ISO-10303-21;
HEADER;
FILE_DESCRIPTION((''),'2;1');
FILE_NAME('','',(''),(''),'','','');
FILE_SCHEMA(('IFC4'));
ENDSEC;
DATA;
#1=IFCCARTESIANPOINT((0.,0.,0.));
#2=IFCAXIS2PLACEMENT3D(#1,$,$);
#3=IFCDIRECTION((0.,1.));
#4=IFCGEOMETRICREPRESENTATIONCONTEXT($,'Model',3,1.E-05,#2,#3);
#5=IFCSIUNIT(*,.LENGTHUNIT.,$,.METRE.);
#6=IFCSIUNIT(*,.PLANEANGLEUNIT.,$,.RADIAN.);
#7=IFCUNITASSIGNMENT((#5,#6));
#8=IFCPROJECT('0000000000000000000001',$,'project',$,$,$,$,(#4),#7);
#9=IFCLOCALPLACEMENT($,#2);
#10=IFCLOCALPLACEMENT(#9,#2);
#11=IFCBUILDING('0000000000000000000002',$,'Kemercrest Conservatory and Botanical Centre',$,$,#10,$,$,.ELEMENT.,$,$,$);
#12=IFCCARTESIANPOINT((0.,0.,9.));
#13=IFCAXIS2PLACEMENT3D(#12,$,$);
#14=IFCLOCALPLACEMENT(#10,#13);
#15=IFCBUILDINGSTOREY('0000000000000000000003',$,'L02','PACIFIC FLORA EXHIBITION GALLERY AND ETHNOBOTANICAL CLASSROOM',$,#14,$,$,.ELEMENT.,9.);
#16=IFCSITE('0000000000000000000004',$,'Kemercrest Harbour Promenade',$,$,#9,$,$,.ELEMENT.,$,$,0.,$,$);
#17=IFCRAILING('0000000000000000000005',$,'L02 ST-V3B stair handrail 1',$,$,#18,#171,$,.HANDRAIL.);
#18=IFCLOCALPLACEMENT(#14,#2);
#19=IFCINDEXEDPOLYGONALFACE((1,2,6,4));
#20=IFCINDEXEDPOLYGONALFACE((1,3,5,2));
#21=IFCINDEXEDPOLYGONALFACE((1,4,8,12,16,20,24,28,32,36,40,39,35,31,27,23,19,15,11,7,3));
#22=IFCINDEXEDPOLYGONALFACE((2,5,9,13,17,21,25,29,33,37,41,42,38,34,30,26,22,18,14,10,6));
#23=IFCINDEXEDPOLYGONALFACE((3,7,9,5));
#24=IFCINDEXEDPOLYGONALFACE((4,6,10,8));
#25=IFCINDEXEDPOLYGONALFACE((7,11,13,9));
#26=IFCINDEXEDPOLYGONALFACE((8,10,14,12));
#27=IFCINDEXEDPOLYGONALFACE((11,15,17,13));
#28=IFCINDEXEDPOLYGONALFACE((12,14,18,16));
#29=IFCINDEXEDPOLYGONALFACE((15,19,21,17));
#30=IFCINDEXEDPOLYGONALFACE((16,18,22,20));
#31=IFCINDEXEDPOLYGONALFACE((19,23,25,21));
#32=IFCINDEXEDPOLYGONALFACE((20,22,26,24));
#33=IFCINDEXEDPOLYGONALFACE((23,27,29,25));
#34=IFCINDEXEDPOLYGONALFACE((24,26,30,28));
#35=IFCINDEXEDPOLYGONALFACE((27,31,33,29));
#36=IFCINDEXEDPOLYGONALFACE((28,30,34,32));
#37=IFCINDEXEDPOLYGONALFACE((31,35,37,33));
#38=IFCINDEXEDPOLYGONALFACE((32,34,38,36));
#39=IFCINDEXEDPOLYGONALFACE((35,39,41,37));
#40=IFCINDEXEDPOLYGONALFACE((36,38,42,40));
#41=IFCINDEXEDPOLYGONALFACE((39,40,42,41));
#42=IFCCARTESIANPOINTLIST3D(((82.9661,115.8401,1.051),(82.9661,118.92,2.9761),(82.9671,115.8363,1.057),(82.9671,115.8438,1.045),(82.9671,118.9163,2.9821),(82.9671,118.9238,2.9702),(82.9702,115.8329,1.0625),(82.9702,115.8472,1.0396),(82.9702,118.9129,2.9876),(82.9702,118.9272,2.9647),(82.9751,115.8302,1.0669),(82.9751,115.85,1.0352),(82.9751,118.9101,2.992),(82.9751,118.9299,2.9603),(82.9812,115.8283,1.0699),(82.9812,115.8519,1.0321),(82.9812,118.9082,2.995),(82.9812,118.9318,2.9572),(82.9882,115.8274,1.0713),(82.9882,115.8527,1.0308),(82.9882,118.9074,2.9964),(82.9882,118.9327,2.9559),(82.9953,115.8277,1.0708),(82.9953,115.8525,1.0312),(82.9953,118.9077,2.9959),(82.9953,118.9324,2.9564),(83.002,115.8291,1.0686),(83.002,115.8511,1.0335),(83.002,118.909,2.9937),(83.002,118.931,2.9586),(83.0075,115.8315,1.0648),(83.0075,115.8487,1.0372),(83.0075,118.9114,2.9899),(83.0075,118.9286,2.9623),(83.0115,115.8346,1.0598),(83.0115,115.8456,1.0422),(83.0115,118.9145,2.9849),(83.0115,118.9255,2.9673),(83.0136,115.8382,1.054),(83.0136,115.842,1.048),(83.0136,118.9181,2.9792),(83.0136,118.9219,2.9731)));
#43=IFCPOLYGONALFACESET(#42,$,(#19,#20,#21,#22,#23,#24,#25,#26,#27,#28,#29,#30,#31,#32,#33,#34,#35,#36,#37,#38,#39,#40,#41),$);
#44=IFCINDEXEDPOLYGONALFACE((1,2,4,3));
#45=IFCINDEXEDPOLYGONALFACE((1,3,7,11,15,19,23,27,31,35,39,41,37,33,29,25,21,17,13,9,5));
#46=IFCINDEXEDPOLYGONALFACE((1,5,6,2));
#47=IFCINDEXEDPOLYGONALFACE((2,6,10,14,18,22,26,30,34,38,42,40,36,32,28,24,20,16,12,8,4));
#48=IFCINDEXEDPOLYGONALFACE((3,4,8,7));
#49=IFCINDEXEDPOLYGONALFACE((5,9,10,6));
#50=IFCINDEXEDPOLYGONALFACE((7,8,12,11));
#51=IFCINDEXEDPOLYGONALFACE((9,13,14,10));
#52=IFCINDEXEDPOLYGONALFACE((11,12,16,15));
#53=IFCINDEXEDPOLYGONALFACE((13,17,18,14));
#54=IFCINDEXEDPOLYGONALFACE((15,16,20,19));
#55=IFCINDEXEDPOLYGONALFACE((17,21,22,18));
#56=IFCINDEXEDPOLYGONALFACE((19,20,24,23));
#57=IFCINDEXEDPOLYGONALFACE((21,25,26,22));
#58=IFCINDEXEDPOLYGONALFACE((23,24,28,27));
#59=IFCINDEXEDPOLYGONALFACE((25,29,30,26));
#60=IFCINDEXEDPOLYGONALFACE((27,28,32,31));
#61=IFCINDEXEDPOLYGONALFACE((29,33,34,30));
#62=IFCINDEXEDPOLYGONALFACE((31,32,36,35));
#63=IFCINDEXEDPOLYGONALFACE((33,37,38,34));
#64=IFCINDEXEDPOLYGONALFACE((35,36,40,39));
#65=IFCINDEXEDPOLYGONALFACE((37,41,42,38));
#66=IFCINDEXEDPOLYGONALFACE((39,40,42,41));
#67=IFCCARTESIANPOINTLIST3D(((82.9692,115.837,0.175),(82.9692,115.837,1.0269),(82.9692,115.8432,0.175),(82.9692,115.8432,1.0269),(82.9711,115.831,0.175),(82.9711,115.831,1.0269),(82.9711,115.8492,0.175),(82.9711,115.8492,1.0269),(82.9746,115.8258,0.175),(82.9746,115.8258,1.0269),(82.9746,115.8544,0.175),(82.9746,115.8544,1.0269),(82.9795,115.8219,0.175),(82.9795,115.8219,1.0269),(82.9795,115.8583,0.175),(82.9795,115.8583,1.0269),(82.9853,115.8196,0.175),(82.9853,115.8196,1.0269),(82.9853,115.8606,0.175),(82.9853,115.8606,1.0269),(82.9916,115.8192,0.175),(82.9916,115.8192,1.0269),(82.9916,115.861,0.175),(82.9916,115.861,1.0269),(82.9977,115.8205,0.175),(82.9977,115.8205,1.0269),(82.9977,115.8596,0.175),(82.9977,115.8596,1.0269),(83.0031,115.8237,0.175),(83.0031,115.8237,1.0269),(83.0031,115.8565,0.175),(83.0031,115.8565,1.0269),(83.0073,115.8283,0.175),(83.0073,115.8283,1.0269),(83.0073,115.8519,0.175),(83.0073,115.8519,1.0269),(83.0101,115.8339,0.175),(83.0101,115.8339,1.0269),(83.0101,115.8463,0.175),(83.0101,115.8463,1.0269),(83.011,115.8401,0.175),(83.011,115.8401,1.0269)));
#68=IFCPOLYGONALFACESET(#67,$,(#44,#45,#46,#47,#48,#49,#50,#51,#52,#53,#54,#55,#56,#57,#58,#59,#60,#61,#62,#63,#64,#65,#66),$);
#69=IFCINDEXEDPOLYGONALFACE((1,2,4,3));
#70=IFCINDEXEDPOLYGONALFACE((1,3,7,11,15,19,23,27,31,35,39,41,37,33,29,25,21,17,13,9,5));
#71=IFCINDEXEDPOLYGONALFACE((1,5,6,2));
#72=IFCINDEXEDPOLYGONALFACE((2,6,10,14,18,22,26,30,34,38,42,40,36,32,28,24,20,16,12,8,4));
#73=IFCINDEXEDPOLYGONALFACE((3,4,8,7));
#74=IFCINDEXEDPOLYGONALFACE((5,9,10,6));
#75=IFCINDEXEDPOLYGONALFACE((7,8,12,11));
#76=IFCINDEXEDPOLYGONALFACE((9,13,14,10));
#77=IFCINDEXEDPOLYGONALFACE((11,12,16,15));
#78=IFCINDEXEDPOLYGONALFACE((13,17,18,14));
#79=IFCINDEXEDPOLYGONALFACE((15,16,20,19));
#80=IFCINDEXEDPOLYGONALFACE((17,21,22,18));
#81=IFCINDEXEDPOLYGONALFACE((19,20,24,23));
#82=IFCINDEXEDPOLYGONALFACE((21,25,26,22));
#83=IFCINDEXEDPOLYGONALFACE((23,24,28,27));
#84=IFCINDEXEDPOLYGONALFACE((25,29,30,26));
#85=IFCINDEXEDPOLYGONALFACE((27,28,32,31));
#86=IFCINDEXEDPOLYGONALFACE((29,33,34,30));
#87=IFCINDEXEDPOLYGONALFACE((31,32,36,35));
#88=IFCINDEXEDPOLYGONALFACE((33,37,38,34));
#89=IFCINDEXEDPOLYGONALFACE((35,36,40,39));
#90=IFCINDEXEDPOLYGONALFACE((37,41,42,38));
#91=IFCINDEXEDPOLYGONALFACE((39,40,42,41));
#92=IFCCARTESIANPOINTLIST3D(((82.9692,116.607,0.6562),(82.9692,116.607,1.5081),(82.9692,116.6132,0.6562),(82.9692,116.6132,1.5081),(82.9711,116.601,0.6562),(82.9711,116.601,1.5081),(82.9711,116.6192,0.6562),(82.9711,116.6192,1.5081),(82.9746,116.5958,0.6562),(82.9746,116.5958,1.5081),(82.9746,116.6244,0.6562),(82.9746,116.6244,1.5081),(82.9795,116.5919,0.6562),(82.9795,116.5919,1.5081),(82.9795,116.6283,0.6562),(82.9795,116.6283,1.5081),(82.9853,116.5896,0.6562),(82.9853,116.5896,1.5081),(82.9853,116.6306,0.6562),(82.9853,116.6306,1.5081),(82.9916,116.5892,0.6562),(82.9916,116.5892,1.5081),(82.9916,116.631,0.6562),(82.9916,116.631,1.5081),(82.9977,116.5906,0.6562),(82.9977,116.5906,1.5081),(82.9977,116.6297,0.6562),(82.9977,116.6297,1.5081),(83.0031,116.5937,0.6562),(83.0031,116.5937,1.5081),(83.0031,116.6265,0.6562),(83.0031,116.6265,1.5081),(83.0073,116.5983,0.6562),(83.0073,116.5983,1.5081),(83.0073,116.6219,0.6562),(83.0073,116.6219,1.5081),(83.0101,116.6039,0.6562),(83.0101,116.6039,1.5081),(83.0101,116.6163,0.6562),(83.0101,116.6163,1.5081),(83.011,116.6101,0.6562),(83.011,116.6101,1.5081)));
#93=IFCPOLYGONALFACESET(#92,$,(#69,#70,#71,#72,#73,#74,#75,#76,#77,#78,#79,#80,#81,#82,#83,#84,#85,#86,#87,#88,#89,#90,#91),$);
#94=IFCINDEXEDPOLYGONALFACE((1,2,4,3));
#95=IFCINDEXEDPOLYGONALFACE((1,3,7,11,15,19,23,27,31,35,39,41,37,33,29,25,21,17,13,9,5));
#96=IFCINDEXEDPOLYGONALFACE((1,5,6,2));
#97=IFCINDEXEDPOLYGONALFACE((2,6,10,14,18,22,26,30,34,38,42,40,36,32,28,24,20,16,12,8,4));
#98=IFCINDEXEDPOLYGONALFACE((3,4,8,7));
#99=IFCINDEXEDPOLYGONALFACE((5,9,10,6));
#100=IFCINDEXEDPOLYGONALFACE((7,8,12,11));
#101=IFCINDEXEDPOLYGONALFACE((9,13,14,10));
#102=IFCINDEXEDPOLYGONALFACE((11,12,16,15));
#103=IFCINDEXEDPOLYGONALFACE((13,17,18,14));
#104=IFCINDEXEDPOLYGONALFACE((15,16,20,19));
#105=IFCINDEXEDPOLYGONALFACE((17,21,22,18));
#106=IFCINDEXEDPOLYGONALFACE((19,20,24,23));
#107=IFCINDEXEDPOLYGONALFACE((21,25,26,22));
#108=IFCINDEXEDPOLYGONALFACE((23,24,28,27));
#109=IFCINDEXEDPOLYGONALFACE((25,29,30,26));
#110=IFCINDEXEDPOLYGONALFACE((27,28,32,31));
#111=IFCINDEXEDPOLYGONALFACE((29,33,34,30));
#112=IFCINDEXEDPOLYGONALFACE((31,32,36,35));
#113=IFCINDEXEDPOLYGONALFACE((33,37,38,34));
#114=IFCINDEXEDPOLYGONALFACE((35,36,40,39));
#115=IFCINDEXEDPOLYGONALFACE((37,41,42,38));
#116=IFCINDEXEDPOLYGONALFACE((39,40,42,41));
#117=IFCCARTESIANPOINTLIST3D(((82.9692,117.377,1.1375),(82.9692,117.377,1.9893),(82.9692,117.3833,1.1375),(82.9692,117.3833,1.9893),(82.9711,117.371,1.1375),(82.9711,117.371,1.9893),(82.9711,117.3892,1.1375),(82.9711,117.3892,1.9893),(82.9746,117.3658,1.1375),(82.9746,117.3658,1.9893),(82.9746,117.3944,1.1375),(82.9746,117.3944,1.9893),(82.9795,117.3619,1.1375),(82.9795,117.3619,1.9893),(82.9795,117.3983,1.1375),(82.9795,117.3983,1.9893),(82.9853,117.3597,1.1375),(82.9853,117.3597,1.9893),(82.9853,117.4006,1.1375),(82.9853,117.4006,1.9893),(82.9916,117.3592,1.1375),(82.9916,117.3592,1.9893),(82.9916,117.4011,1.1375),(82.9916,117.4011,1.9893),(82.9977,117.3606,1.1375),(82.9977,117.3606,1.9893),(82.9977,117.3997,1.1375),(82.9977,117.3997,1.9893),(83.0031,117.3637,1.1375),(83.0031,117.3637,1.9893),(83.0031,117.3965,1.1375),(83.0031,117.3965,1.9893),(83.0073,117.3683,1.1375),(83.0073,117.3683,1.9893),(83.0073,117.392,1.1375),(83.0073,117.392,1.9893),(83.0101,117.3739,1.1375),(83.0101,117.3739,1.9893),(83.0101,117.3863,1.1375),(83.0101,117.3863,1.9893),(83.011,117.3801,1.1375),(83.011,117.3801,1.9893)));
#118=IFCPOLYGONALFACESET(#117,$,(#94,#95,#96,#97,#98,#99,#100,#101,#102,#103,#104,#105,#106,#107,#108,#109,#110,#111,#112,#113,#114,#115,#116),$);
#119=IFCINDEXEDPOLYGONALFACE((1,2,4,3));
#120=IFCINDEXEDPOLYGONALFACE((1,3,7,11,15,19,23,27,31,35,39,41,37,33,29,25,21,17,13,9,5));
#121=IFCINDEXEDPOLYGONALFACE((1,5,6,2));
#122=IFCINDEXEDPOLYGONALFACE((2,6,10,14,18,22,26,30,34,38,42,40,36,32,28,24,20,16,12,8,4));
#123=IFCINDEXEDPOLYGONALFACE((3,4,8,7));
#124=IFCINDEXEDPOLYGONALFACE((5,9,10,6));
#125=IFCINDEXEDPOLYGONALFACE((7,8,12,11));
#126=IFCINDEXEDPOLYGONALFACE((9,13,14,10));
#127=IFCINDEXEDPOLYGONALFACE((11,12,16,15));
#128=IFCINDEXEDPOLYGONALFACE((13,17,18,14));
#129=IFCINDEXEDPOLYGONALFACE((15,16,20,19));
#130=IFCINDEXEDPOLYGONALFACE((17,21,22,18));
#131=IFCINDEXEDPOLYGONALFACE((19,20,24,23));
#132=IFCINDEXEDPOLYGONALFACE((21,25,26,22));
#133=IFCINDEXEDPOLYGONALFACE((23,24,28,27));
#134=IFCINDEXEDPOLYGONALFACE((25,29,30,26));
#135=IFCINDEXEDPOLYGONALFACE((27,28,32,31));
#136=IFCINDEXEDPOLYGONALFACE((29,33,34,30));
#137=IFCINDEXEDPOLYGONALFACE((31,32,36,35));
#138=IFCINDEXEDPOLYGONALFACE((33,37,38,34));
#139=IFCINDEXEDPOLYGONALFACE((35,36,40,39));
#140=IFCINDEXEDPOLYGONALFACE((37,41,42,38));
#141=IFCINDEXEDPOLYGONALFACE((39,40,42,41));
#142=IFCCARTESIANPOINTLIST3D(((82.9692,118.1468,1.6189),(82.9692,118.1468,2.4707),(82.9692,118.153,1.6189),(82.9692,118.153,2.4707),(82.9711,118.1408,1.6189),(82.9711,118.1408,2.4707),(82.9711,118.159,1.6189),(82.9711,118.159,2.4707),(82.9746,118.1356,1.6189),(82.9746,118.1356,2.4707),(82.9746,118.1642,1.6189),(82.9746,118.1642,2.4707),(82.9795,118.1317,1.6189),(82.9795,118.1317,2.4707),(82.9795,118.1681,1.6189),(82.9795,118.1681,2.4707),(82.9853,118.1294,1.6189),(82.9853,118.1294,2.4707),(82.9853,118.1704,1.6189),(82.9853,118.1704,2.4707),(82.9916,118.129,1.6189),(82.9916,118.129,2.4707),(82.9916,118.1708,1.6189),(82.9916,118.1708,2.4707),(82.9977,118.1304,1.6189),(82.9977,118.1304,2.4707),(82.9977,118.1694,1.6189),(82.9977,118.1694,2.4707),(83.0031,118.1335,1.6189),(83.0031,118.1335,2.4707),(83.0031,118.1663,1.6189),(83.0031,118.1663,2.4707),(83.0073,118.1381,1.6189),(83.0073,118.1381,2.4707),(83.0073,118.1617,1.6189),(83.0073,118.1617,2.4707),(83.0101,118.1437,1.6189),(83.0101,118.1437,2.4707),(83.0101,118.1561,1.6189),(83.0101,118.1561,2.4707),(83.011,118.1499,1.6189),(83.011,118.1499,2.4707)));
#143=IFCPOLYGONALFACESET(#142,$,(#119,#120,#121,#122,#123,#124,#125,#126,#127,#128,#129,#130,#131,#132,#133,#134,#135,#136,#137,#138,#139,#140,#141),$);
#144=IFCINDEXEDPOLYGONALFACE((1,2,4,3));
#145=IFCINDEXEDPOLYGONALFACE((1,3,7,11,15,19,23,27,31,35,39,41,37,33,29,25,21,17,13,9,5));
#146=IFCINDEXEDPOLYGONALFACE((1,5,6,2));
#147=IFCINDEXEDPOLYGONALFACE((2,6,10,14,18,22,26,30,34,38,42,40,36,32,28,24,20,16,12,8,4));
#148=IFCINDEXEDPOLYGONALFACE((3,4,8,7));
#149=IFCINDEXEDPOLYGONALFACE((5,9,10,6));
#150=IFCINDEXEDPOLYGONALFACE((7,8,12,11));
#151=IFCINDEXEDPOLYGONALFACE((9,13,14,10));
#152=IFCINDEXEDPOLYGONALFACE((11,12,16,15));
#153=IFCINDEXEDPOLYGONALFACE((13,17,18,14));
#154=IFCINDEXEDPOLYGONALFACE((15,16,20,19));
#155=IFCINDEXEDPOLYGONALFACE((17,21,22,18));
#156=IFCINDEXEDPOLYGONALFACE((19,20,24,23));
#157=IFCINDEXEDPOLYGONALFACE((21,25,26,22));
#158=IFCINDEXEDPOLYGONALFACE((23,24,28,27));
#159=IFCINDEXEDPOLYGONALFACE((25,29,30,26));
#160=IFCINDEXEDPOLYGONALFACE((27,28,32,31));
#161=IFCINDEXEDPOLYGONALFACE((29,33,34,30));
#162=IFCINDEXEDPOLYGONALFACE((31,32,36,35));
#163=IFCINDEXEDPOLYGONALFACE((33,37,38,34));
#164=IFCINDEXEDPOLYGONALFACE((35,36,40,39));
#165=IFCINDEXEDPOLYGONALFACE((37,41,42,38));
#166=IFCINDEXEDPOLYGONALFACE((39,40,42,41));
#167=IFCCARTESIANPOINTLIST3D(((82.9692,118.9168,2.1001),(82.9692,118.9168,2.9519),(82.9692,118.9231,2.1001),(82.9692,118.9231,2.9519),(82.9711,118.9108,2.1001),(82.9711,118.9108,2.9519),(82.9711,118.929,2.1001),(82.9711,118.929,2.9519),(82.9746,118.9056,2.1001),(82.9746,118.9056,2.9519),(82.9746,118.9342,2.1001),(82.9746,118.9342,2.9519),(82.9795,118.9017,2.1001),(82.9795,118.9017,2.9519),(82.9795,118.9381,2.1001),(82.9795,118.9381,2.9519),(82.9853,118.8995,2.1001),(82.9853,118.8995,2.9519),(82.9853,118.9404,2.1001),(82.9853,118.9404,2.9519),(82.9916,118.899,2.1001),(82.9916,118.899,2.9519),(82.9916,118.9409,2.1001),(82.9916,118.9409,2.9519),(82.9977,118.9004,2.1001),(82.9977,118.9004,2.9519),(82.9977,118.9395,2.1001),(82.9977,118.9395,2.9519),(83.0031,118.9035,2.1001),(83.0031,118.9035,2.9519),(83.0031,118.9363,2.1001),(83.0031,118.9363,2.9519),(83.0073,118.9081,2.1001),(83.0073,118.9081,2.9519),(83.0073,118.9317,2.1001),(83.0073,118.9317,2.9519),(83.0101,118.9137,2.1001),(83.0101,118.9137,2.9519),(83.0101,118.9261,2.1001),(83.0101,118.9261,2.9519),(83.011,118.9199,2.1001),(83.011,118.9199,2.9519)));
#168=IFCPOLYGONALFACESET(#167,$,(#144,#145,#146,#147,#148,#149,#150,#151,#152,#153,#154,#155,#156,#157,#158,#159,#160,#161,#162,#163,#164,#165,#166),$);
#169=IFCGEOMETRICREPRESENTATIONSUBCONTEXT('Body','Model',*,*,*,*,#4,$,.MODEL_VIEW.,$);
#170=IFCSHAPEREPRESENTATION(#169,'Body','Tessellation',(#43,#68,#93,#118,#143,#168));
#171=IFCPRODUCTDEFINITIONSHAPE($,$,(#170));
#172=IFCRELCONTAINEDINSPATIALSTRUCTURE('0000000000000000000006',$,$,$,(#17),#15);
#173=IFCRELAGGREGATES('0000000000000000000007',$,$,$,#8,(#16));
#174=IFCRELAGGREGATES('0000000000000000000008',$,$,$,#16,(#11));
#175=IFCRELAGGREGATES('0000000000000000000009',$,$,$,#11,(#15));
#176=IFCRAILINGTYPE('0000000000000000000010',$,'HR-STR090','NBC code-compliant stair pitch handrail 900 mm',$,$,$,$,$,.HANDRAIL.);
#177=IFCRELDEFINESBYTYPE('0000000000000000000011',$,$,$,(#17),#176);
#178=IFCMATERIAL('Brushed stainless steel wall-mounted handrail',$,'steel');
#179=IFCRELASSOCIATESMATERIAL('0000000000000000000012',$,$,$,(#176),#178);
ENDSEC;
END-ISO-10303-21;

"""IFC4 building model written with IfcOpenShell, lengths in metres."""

from ifc_helpers import new_model, si_unit, direction, frame, origin, origin_2d, place, context, subcontext, project, spatial, circle, extrude, material, type_object, element, save


model = new_model("IFC4")

# Units and contexts
model_context = context("Model", 3, precision=1e-05, world=origin(), true_north=direction((0.0, 1.0)))
body_context = subcontext(model_context, "Body", "Model", "MODEL_VIEW")
ifc_project = project(units=[si_unit("LENGTHUNIT", "METRE"), si_unit("PLANEANGLEUNIT", "RADIAN")], contexts=[model_context])

# Site, building, storey
site_placement = place(None, origin())
site = spatial("IfcSite", under=ifc_project, at=site_placement, Name="Kemercrest Harbour Promenade", CompositionType="ELEMENT", RefElevation=0.0)
building_placement = place(site_placement, origin())
building = spatial("IfcBuilding", under=site, at=building_placement, Name="Kemercrest Conservatory and Botanical Centre", CompositionType="ELEMENT")
storey_placement = place(building_placement, frame((0.0, 0.0, 9.0)))
storey = spatial("IfcBuildingStorey", under=building, at=storey_placement, Name="L02", Description="PACIFIC FLORA EXHIBITION GALLERY AND ETHNOBOTANICAL CLASSROOM", CompositionType="ELEMENT", Elevation=9.0)

# Railing
ifc_material_1 = material(Name="Brushed stainless steel wall-mounted handrail", Category="steel")
railing_type_1 = type_object("IfcRailingType", Name="HR-STR090", Description="NBC code-compliant stair pitch handrail 900 mm", PredefinedType="HANDRAIL", material=ifc_material_1)
railing_1_placement = place(storey_placement, frame((82.99, 115.8401, 0.175)))
element("IfcRailing", 1, at=railing_1_placement, inside=storey, type_object=railing_type_1, Name="L02 ST-V3B stair handrail 1", PredefinedType="HANDRAIL", context=body_context, shape_type="SweptSolid", body=[
    extrude(circle(Radius=0.0239, at=origin_2d()), frame((0.0, 0.0, 0.876), z_axis=(0.0, 0.847979, 0.530029), x_axis=(-1.0, 0.0, 0.0)), (0.0, 0.0, 1.0), 3.6321),
    extrude(circle(Radius=0.021, at=origin_2d()), origin(), (0.0, 0.0, 1.0), 0.8518),
    extrude(circle(Radius=0.021, at=origin_2d()), frame((0.0, 0.77, 0.4812)), (0.0, 0.0, 1.0), 0.8518),
    extrude(circle(Radius=0.021, at=origin_2d()), frame((0.0, 1.54, 0.9624)), (0.0, 0.0, 1.0), 0.8518),
    extrude(circle(Radius=0.021, at=origin_2d()), frame((0.0, 2.3098, 1.4438)), (0.0, 0.0, 1.0), 0.8518),
    extrude(circle(Radius=0.021, at=origin_2d()), frame((0.0, 3.0798, 1.925)), (0.0, 0.0, 1.0), 0.8518),
])

save(model, "model.ifc")
